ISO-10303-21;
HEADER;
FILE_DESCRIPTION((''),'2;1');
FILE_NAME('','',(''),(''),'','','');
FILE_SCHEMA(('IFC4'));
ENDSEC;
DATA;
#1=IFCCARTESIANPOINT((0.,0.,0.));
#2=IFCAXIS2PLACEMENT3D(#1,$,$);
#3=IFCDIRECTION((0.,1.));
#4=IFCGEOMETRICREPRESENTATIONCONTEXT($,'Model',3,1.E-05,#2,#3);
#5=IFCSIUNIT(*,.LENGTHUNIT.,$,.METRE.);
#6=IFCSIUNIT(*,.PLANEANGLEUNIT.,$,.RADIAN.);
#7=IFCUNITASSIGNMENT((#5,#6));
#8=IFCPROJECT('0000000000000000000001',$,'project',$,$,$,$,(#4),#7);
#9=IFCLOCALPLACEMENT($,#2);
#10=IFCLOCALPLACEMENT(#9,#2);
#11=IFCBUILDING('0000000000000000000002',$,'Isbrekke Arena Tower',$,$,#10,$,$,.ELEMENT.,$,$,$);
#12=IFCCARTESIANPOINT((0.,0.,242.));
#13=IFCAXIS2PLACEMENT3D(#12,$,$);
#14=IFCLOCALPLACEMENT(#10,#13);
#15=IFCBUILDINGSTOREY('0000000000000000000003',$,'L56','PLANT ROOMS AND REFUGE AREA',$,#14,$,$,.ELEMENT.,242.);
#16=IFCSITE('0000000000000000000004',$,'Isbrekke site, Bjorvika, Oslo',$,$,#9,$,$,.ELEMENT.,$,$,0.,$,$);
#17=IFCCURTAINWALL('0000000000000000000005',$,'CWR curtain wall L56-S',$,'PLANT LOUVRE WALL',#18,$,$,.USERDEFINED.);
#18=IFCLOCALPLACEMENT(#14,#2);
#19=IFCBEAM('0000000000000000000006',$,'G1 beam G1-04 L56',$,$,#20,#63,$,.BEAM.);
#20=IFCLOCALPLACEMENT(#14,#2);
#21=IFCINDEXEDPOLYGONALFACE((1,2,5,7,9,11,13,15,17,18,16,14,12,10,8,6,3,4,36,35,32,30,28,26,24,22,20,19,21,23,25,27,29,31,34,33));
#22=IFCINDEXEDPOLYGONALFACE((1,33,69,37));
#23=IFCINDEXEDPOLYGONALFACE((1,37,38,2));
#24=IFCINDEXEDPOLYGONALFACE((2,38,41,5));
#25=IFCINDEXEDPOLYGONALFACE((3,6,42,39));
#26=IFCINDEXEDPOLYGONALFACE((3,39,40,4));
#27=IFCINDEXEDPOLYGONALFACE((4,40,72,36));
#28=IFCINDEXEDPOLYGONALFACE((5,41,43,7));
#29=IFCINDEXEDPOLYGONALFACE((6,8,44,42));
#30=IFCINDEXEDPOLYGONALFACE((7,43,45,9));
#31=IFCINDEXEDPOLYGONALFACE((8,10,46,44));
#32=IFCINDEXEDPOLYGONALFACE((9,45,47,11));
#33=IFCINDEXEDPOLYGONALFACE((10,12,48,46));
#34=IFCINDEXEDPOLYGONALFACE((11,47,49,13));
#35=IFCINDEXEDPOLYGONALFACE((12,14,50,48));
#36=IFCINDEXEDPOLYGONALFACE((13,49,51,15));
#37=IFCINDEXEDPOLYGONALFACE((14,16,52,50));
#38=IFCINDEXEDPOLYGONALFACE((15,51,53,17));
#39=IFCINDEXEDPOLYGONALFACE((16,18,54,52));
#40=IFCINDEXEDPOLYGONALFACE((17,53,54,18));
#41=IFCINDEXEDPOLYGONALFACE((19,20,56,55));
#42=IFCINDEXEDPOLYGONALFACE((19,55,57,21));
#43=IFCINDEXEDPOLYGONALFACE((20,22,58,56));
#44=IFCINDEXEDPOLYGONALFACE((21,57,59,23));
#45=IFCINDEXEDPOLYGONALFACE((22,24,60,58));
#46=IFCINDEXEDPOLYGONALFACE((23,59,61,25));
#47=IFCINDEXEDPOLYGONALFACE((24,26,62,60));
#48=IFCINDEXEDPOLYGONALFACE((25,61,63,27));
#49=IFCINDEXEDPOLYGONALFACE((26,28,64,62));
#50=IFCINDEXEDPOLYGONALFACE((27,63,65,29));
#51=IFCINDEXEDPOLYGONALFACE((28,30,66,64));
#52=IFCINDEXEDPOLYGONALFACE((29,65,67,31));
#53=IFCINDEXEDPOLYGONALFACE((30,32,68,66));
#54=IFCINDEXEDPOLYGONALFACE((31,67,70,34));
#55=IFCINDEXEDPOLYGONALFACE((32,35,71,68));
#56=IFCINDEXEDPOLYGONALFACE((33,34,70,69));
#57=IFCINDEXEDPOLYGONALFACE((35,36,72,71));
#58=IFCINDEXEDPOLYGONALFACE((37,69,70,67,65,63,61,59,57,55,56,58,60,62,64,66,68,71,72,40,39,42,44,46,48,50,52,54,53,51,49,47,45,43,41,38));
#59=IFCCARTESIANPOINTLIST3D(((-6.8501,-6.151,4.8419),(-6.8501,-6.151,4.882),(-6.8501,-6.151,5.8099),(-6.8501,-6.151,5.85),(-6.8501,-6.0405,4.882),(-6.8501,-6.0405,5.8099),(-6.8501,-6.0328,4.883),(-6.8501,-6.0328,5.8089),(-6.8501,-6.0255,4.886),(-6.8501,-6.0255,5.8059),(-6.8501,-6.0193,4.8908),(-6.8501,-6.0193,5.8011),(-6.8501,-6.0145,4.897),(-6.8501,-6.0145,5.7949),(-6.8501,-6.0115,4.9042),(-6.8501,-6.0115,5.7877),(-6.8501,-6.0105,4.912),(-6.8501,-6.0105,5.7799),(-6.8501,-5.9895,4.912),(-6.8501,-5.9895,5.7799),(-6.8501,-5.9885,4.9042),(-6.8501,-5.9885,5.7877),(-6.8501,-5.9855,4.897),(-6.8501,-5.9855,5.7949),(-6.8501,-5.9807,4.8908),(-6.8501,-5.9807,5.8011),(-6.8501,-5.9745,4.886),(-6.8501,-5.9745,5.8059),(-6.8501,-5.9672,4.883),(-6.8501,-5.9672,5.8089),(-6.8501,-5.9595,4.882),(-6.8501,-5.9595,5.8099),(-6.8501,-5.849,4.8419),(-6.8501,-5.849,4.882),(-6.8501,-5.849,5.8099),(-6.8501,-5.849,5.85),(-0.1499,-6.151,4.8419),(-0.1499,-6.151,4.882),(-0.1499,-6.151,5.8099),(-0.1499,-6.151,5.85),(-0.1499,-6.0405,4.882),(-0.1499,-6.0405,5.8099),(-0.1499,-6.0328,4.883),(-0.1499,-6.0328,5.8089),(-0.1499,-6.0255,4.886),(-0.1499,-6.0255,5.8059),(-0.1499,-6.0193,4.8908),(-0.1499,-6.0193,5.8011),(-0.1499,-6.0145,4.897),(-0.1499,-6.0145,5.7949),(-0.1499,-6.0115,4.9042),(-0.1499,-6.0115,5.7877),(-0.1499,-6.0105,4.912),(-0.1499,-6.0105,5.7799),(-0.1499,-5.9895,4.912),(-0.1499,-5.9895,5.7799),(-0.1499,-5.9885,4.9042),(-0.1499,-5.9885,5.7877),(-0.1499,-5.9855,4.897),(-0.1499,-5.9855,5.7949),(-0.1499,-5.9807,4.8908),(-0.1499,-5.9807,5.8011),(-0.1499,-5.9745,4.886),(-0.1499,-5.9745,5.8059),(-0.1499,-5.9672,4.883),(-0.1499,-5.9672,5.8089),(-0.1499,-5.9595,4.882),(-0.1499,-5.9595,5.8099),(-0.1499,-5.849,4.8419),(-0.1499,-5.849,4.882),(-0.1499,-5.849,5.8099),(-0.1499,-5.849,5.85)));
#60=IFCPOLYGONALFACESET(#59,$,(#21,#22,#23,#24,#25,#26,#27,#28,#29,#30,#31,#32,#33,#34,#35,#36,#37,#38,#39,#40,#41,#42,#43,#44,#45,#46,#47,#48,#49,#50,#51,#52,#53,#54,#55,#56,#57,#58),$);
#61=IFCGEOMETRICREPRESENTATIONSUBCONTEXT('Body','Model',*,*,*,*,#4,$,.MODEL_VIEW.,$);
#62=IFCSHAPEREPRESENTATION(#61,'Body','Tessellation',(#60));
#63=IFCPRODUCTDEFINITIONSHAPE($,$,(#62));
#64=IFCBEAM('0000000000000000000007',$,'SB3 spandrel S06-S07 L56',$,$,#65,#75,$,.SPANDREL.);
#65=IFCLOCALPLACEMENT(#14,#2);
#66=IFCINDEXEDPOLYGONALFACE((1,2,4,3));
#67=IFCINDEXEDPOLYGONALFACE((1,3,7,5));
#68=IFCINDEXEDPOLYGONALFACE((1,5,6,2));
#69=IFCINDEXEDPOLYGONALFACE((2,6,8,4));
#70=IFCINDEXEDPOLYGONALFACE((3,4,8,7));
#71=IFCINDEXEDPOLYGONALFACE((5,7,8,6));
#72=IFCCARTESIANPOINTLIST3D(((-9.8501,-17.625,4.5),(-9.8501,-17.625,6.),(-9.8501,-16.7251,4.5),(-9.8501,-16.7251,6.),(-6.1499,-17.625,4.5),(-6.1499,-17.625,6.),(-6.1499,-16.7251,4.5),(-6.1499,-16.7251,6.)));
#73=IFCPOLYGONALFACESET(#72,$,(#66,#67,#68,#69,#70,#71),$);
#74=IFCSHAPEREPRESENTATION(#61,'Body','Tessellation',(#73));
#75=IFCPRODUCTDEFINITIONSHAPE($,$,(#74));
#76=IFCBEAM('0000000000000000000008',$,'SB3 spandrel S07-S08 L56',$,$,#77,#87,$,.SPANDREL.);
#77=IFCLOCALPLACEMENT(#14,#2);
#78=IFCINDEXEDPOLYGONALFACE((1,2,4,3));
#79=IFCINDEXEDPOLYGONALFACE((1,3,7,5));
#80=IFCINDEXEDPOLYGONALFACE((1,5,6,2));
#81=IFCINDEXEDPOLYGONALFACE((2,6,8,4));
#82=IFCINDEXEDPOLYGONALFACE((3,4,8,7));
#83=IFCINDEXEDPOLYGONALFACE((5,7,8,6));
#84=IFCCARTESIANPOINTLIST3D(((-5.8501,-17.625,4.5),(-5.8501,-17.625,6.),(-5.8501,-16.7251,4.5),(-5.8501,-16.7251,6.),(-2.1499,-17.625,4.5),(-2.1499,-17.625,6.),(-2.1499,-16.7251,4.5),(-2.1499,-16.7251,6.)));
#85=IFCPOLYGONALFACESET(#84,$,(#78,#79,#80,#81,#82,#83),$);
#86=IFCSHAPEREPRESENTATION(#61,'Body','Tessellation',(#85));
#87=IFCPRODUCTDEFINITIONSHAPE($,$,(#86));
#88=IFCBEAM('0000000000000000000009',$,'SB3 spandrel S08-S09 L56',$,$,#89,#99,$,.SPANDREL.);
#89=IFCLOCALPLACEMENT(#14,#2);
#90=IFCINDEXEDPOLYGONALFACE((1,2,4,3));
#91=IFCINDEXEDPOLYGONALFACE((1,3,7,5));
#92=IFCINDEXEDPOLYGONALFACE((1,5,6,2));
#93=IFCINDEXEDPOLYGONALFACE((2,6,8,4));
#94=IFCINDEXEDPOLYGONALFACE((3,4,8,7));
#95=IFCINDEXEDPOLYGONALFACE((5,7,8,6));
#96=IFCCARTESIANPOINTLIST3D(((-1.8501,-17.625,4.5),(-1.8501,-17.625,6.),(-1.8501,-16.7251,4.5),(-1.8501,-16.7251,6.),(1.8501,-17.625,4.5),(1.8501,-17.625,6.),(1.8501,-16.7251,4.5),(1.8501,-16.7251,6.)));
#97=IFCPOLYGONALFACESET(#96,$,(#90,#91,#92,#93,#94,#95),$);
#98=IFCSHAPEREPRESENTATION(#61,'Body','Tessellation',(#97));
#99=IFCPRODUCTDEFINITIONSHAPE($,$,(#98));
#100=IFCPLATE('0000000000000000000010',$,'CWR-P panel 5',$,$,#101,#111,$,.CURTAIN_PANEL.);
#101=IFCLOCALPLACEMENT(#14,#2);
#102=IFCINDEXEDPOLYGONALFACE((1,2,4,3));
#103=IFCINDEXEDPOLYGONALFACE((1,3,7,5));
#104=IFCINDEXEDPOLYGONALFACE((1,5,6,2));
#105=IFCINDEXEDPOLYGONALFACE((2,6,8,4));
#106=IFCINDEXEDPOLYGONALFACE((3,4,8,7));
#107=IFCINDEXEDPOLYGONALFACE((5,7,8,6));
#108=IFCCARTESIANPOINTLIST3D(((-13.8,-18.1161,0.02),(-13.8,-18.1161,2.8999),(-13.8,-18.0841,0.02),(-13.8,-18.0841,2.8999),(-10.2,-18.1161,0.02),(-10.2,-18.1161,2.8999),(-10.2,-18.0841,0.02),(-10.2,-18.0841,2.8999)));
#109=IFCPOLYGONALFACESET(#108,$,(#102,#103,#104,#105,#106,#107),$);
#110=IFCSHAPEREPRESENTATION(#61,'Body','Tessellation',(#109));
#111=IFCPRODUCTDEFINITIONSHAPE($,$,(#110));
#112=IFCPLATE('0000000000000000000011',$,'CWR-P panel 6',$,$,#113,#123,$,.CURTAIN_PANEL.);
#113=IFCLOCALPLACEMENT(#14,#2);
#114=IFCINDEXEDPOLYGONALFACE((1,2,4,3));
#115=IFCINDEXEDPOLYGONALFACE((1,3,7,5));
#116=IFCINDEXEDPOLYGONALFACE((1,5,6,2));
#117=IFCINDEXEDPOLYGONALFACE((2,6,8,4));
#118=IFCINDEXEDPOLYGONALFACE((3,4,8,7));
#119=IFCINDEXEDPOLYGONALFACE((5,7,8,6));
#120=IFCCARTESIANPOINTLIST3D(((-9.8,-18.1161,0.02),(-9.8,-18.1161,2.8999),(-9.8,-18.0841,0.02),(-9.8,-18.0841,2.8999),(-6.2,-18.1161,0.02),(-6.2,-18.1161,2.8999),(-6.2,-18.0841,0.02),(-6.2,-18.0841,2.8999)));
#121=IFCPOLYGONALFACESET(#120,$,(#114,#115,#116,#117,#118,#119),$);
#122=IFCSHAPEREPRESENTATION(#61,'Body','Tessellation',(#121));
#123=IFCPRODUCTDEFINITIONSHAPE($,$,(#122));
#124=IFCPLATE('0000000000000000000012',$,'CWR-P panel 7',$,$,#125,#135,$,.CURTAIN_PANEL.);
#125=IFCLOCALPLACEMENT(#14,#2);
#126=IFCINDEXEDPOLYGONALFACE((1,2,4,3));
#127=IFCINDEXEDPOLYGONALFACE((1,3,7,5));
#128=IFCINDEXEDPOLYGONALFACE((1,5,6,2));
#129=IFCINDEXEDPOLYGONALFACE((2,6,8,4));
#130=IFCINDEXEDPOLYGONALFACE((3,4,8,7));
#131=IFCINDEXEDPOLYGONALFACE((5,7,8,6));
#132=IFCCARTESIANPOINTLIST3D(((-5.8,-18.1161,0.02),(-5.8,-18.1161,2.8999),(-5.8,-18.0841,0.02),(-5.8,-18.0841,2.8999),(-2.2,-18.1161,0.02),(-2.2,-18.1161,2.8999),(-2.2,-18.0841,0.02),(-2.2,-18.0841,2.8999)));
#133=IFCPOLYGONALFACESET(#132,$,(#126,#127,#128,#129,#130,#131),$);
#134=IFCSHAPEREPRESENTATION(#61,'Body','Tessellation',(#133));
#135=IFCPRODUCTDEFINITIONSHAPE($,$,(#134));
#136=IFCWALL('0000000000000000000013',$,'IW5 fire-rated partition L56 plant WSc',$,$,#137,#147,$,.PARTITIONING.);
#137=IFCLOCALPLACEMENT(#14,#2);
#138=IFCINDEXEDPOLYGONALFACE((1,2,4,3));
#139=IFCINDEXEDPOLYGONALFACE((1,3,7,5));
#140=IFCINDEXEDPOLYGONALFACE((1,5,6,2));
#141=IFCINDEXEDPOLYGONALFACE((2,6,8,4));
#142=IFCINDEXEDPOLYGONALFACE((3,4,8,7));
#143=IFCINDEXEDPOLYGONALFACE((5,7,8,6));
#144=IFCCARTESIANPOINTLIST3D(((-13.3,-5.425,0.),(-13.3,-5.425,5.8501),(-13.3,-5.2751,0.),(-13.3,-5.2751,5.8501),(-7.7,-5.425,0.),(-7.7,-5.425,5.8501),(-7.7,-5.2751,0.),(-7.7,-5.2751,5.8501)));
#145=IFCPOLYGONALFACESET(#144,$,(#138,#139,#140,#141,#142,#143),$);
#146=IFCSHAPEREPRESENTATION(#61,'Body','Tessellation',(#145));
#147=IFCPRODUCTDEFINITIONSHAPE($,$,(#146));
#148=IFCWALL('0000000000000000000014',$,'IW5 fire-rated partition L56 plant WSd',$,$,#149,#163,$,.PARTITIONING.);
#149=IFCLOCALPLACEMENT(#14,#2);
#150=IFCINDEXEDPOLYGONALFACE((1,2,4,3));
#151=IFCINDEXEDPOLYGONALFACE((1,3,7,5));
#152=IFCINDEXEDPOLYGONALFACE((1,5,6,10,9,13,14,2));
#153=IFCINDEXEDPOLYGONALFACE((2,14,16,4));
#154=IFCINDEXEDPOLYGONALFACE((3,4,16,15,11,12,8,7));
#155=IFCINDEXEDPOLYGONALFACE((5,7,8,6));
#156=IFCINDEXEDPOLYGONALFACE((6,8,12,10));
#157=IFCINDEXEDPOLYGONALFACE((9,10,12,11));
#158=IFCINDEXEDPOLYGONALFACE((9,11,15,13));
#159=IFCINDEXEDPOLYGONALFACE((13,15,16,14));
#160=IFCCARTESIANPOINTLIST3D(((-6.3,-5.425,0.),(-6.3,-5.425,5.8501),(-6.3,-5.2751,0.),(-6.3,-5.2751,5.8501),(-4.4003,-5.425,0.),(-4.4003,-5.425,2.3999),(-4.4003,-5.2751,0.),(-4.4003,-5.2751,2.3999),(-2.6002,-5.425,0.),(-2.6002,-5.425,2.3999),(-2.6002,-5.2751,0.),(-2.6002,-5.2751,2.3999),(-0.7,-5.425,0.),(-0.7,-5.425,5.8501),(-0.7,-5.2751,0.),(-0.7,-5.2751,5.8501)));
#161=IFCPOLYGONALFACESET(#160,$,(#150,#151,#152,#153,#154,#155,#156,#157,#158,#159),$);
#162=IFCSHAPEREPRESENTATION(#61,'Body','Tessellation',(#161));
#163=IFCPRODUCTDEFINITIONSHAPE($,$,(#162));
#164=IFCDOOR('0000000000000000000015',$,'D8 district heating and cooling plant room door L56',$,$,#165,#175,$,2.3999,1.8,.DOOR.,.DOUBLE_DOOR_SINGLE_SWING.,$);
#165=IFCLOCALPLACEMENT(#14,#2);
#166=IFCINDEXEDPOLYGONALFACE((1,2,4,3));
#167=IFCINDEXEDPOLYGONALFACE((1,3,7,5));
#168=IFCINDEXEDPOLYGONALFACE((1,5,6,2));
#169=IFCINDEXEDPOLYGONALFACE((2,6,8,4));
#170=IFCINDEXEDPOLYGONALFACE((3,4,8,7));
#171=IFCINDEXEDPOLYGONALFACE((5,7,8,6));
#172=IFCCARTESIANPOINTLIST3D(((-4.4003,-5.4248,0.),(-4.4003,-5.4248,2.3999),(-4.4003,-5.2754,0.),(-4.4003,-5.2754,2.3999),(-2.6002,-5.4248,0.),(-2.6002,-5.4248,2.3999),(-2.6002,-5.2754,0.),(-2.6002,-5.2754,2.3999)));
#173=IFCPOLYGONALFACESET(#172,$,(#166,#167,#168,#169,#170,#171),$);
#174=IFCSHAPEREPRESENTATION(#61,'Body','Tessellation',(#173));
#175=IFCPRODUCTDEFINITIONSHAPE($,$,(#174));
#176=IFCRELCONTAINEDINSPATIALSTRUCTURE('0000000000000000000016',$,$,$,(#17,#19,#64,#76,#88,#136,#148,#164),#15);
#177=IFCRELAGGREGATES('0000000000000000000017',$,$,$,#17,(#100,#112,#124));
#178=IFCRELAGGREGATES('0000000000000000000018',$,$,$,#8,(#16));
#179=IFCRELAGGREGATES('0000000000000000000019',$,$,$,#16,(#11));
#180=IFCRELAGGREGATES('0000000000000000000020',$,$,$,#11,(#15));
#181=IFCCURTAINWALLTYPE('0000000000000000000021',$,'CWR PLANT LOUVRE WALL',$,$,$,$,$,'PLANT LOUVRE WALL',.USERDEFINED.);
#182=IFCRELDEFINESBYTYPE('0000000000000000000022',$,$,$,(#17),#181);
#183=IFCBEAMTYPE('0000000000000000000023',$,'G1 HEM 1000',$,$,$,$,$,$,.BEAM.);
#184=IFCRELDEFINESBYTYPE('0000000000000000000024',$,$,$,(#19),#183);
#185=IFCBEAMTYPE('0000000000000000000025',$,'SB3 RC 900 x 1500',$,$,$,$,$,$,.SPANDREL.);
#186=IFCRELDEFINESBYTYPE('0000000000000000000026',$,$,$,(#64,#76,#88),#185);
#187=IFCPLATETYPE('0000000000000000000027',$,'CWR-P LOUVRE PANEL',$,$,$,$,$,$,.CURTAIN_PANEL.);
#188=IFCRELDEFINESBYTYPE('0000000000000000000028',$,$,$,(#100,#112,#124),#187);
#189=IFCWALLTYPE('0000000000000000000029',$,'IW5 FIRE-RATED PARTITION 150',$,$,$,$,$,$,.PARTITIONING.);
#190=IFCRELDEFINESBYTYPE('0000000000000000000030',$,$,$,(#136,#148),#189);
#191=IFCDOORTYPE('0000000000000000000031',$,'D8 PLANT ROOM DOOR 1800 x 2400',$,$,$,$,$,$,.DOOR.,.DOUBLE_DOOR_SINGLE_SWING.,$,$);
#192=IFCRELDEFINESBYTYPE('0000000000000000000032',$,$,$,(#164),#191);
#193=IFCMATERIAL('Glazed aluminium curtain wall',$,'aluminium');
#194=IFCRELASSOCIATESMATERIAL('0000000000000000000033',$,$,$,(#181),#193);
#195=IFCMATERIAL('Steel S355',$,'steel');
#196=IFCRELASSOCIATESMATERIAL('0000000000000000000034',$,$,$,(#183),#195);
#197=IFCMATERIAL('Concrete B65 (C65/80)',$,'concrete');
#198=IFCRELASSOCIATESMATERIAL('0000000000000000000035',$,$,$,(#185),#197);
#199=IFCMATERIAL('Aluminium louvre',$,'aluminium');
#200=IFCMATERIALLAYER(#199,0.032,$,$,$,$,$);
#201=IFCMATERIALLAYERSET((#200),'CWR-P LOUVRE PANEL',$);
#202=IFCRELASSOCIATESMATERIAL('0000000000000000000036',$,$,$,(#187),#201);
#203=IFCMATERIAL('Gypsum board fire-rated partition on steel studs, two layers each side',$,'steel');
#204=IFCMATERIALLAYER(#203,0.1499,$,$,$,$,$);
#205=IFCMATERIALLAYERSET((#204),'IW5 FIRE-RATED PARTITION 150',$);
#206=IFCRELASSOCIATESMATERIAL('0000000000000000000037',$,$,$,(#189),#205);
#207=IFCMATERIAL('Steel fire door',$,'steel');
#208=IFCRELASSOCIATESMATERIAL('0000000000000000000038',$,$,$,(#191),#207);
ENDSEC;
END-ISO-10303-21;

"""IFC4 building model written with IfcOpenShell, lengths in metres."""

from ifc_helpers import new_model, si_unit, direction, frame, frame_2d, origin, origin_2d, place, context, subcontext, project, spatial, rectangle, i_section, extrude, material, layer, layer_set, material_profile, profile_set, type_object, element, fill, aggregate, save


model = new_model("IFC4")

# Units and contexts
model_context = context("Model", 3, precision=1e-05, world=origin(), true_north=direction((0.0, 1.0)))
body_context = subcontext(model_context, "Body", "Model", "MODEL_VIEW")
ifc_project = project(units=[si_unit("LENGTHUNIT", "METRE"), si_unit("PLANEANGLEUNIT", "RADIAN")], contexts=[model_context])

# Site, building, storey
site_placement = place(None, origin())
site = spatial("IfcSite", under=ifc_project, at=site_placement, Name="Isbrekke site, Bjorvika, Oslo", CompositionType="ELEMENT", RefElevation=0.0)
building_placement = place(site_placement, origin())
building = spatial("IfcBuilding", under=site, at=building_placement, Name="Isbrekke Arena Tower", CompositionType="ELEMENT")
storey_placement = place(building_placement, frame((0.0, 0.0, 242.0)))
storey = spatial("IfcBuildingStorey", under=building, at=storey_placement, Name="L56", Description="PLANT ROOMS AND REFUGE AREA", CompositionType="ELEMENT", Elevation=242.0)

# Curtain wall
ifc_material_1 = material(Name="Glazed aluminium curtain wall", Category="aluminium")
curtain_wall_type = type_object("IfcCurtainWallType", Name="CWR PLANT LOUVRE WALL", ElementType="PLANT LOUVRE WALL", PredefinedType="USERDEFINED", material=ifc_material_1)
curtain_wall_placement = place(storey_placement, origin())
curtain_wall = element("IfcCurtainWall", 1, at=curtain_wall_placement, inside=storey, type_object=curtain_wall_type, Name="CWR curtain wall L56-S", ObjectType="PLANT LOUVRE WALL", PredefinedType="USERDEFINED")

# Beams
ifc_material_2 = material(Name="Steel S355", Category="steel")
ifc_material_profile_1 = material_profile(ifc_material_2, i_section(OverallWidth=0.302, OverallDepth=1.0081, WebThickness=0.021, FlangeThickness=0.04, FilletRadius=0.03, at=origin_2d()), Name="HEM 1000")
ifc_profile_set_1 = profile_set([ifc_material_profile_1], Name="Steel S355")
beam_type_1 = type_object("IfcBeamType", Name="G1 HEM 1000", PredefinedType="BEAM", material=ifc_profile_set_1)
beam_1_placement = place(storey_placement, frame((-6.8501, -6.0, 5.3459), z_axis=(1.0, 0.0, 0.0), x_axis=(0.0, 1.0, 0.0)))
element("IfcBeam", 2, at=beam_1_placement, inside=storey, type_object=beam_type_1, Name="G1 beam G1-04 L56", PredefinedType="BEAM", context=body_context, shape_type="SweptSolid", body=[
    extrude(i_section(OverallWidth=0.302, OverallDepth=1.0081, WebThickness=0.021, FlangeThickness=0.04, FilletRadius=0.03, at=origin_2d()), origin(), (0.0, 0.0, 1.0), 6.7002),
])
ifc_material_3 = material(Name="Concrete B65 (C65/80)", Category="concrete")
ifc_material_profile_2 = material_profile(ifc_material_3, rectangle(XDim=0.8999, YDim=1.5, at=origin_2d()), Name="RC 900x1500")
ifc_profile_set_2 = profile_set([ifc_material_profile_2], Name="Concrete B65 (C65/80)")
beam_type_2 = type_object("IfcBeamType", Name="SB3 RC 900 x 1500", PredefinedType="SPANDREL", material=ifc_profile_set_2)
for number, where, z_axis, x_axis, name in (
    (3, (-9.8501, -17.175, 5.25), (1.0, 0.0, 0.0), (0.0, 1.0, 0.0), "SB3 spandrel S06-S07 L56"),
    (4, (-5.8501, -17.175, 5.25), (1.0, 0.0, 0.0), (0.0, 1.0, 0.0), "SB3 spandrel S07-S08 L56"),
    (5, (-1.8501, -17.175, 5.25), (1.0, 0.0, 0.0), (0.0, 1.0, 0.0), "SB3 spandrel S08-S09 L56"),
):
    element("IfcBeam", number, at=place(storey_placement, frame(where, z_axis=z_axis, x_axis=x_axis)), inside=storey, type_object=beam_type_2, Name=name, PredefinedType="SPANDREL", context=body_context, shape_type="SweptSolid", body=[
        extrude(rectangle(XDim=0.8999, YDim=1.5, at=origin_2d()), origin(), (0.0, 0.0, 1.0), 3.7002),
    ])

# Plates
ifc_material_4 = material(Name="Aluminium louvre", Category="aluminium")
ifc_layer_1 = layer(ifc_material_4, 0.032)
ifc_layer_set_1 = layer_set([ifc_layer_1], Name="CWR-P LOUVRE PANEL")
plate_type = type_object("IfcPlateType", Name="CWR-P LOUVRE PANEL", PredefinedType="CURTAIN_PANEL", material=ifc_layer_set_1)
plate_1_placement = place(storey_placement, frame((-12.0, -18.1001, 0.02), z_axis=(0.0, 0.0, 1.0), x_axis=(1.0, 0.0, 0.0)))
plate_1 = element("IfcPlate", 6, at=plate_1_placement, type_object=plate_type, Name="CWR-P panel 5", PredefinedType="CURTAIN_PANEL", context=body_context, shape_type="SweptSolid", body=[
    extrude(rectangle(XDim=3.6001, YDim=0.032, at=origin_2d()), origin(), (0.0, 0.0, 1.0), 2.8799),
])
plate_2_placement = place(storey_placement, frame((-8.0, -18.1001, 0.02), z_axis=(0.0, 0.0, 1.0), x_axis=(1.0, 0.0, 0.0)))
plate_2 = element("IfcPlate", 7, at=plate_2_placement, type_object=plate_type, Name="CWR-P panel 6", PredefinedType="CURTAIN_PANEL", context=body_context, shape_type="SweptSolid", body=[
    extrude(rectangle(XDim=3.6001, YDim=0.032, at=origin_2d()), origin(), (0.0, 0.0, 1.0), 2.8799),
])
plate_3_placement = place(storey_placement, frame((-4.0, -18.1001, 0.02), z_axis=(0.0, 0.0, 1.0), x_axis=(1.0, 0.0, 0.0)))
plate_3 = element("IfcPlate", 8, at=plate_3_placement, type_object=plate_type, Name="CWR-P panel 7", PredefinedType="CURTAIN_PANEL", context=body_context, shape_type="SweptSolid", body=[
    extrude(rectangle(XDim=3.6001, YDim=0.032, at=origin_2d()), origin(), (0.0, 0.0, 1.0), 2.8799),
])
aggregate(curtain_wall, [plate_1, plate_2, plate_3])

# Wall
ifc_material_5 = material(Name="Gypsum board fire-rated partition on steel studs, two layers each side", Category="steel")
ifc_layer_2 = layer(ifc_material_5, 0.1499)
ifc_layer_set_2 = layer_set([ifc_layer_2], Name="IW5 FIRE-RATED PARTITION 150")
wall_type = type_object("IfcWallType", Name="IW5 FIRE-RATED PARTITION 150", PredefinedType="PARTITIONING", material=ifc_layer_set_2)
wall_1_placement = place(storey_placement, frame((-13.3, -5.3501, 0.0), z_axis=(0.0, 0.0, 1.0), x_axis=(1.0, 0.0, 0.0)))
element("IfcWall", 9, at=wall_1_placement, inside=storey, type_object=wall_type, Name="IW5 fire-rated partition L56 plant WSc", PredefinedType="PARTITIONING", context=body_context, shape_type="SweptSolid", body=[
    extrude(rectangle(XDim=5.6001, YDim=0.1499, at=frame_2d((2.8, 0.0))), origin(), (0.0, 0.0, 1.0), 5.8501),
])

# Wall, opening, door
wall_2_placement = place(storey_placement, frame((-6.3, -5.3501, 0.0), z_axis=(0.0, 0.0, 1.0), x_axis=(1.0, 0.0, 0.0)))
wall_2 = element("IfcWall", 10, at=wall_2_placement, inside=storey, type_object=wall_type, Name="IW5 fire-rated partition L56 plant WSd", PredefinedType="PARTITIONING", context=body_context, shape_type="SweptSolid", body=[
    extrude(rectangle(XDim=5.6001, YDim=0.1499, at=frame_2d((2.8, 0.0))), origin(), (0.0, 0.0, 1.0), 5.8501),
])
opening_placement = place(wall_2_placement, frame((1.8999, 0.0, 0.0)))
opening = element("IfcOpeningElement", 11, at=opening_placement, cuts=wall_2, PredefinedType="OPENING", context=body_context, shape_type="SweptSolid", body=[
    extrude(rectangle(XDim=1.8, YDim=2.3999, at=frame_2d((0.8999, 1.2))), frame((0.0, 0.0898, 0.0), z_axis=(0.0, -1.0, 0.0), x_axis=(1.0, 0.0, 0.0)), (0.0, 0.0, 1.0), 0.1797),
])
ifc_material_6 = material(Name="Steel fire door", Category="steel")
door_type = type_object("IfcDoorType", Name="D8 PLANT ROOM DOOR 1800 x 2400", OperationType="DOUBLE_DOOR_SINGLE_SWING", PredefinedType="DOOR", material=ifc_material_6)
door_placement = place(opening_placement, origin())
door = element("IfcDoor", 12, at=door_placement, inside=storey, type_object=door_type, Name="D8 district heating and cooling plant room door L56", OperationType="DOUBLE_DOOR_SINGLE_SWING", OverallHeight=2.3999, OverallWidth=1.8, PredefinedType="DOOR", context=body_context, shape_type="SweptSolid", body=[
    extrude(rectangle(XDim=1.8, YDim=2.3999, at=frame_2d((0.8999, 1.2))), frame((0.0, 0.0747, 0.0), z_axis=(0.0, -1.0, 0.0), x_axis=(1.0, 0.0, 0.0)), (0.0, 0.0, 1.0), 0.1494),
])
fill(opening, door)

save(model, "model.ifc")
